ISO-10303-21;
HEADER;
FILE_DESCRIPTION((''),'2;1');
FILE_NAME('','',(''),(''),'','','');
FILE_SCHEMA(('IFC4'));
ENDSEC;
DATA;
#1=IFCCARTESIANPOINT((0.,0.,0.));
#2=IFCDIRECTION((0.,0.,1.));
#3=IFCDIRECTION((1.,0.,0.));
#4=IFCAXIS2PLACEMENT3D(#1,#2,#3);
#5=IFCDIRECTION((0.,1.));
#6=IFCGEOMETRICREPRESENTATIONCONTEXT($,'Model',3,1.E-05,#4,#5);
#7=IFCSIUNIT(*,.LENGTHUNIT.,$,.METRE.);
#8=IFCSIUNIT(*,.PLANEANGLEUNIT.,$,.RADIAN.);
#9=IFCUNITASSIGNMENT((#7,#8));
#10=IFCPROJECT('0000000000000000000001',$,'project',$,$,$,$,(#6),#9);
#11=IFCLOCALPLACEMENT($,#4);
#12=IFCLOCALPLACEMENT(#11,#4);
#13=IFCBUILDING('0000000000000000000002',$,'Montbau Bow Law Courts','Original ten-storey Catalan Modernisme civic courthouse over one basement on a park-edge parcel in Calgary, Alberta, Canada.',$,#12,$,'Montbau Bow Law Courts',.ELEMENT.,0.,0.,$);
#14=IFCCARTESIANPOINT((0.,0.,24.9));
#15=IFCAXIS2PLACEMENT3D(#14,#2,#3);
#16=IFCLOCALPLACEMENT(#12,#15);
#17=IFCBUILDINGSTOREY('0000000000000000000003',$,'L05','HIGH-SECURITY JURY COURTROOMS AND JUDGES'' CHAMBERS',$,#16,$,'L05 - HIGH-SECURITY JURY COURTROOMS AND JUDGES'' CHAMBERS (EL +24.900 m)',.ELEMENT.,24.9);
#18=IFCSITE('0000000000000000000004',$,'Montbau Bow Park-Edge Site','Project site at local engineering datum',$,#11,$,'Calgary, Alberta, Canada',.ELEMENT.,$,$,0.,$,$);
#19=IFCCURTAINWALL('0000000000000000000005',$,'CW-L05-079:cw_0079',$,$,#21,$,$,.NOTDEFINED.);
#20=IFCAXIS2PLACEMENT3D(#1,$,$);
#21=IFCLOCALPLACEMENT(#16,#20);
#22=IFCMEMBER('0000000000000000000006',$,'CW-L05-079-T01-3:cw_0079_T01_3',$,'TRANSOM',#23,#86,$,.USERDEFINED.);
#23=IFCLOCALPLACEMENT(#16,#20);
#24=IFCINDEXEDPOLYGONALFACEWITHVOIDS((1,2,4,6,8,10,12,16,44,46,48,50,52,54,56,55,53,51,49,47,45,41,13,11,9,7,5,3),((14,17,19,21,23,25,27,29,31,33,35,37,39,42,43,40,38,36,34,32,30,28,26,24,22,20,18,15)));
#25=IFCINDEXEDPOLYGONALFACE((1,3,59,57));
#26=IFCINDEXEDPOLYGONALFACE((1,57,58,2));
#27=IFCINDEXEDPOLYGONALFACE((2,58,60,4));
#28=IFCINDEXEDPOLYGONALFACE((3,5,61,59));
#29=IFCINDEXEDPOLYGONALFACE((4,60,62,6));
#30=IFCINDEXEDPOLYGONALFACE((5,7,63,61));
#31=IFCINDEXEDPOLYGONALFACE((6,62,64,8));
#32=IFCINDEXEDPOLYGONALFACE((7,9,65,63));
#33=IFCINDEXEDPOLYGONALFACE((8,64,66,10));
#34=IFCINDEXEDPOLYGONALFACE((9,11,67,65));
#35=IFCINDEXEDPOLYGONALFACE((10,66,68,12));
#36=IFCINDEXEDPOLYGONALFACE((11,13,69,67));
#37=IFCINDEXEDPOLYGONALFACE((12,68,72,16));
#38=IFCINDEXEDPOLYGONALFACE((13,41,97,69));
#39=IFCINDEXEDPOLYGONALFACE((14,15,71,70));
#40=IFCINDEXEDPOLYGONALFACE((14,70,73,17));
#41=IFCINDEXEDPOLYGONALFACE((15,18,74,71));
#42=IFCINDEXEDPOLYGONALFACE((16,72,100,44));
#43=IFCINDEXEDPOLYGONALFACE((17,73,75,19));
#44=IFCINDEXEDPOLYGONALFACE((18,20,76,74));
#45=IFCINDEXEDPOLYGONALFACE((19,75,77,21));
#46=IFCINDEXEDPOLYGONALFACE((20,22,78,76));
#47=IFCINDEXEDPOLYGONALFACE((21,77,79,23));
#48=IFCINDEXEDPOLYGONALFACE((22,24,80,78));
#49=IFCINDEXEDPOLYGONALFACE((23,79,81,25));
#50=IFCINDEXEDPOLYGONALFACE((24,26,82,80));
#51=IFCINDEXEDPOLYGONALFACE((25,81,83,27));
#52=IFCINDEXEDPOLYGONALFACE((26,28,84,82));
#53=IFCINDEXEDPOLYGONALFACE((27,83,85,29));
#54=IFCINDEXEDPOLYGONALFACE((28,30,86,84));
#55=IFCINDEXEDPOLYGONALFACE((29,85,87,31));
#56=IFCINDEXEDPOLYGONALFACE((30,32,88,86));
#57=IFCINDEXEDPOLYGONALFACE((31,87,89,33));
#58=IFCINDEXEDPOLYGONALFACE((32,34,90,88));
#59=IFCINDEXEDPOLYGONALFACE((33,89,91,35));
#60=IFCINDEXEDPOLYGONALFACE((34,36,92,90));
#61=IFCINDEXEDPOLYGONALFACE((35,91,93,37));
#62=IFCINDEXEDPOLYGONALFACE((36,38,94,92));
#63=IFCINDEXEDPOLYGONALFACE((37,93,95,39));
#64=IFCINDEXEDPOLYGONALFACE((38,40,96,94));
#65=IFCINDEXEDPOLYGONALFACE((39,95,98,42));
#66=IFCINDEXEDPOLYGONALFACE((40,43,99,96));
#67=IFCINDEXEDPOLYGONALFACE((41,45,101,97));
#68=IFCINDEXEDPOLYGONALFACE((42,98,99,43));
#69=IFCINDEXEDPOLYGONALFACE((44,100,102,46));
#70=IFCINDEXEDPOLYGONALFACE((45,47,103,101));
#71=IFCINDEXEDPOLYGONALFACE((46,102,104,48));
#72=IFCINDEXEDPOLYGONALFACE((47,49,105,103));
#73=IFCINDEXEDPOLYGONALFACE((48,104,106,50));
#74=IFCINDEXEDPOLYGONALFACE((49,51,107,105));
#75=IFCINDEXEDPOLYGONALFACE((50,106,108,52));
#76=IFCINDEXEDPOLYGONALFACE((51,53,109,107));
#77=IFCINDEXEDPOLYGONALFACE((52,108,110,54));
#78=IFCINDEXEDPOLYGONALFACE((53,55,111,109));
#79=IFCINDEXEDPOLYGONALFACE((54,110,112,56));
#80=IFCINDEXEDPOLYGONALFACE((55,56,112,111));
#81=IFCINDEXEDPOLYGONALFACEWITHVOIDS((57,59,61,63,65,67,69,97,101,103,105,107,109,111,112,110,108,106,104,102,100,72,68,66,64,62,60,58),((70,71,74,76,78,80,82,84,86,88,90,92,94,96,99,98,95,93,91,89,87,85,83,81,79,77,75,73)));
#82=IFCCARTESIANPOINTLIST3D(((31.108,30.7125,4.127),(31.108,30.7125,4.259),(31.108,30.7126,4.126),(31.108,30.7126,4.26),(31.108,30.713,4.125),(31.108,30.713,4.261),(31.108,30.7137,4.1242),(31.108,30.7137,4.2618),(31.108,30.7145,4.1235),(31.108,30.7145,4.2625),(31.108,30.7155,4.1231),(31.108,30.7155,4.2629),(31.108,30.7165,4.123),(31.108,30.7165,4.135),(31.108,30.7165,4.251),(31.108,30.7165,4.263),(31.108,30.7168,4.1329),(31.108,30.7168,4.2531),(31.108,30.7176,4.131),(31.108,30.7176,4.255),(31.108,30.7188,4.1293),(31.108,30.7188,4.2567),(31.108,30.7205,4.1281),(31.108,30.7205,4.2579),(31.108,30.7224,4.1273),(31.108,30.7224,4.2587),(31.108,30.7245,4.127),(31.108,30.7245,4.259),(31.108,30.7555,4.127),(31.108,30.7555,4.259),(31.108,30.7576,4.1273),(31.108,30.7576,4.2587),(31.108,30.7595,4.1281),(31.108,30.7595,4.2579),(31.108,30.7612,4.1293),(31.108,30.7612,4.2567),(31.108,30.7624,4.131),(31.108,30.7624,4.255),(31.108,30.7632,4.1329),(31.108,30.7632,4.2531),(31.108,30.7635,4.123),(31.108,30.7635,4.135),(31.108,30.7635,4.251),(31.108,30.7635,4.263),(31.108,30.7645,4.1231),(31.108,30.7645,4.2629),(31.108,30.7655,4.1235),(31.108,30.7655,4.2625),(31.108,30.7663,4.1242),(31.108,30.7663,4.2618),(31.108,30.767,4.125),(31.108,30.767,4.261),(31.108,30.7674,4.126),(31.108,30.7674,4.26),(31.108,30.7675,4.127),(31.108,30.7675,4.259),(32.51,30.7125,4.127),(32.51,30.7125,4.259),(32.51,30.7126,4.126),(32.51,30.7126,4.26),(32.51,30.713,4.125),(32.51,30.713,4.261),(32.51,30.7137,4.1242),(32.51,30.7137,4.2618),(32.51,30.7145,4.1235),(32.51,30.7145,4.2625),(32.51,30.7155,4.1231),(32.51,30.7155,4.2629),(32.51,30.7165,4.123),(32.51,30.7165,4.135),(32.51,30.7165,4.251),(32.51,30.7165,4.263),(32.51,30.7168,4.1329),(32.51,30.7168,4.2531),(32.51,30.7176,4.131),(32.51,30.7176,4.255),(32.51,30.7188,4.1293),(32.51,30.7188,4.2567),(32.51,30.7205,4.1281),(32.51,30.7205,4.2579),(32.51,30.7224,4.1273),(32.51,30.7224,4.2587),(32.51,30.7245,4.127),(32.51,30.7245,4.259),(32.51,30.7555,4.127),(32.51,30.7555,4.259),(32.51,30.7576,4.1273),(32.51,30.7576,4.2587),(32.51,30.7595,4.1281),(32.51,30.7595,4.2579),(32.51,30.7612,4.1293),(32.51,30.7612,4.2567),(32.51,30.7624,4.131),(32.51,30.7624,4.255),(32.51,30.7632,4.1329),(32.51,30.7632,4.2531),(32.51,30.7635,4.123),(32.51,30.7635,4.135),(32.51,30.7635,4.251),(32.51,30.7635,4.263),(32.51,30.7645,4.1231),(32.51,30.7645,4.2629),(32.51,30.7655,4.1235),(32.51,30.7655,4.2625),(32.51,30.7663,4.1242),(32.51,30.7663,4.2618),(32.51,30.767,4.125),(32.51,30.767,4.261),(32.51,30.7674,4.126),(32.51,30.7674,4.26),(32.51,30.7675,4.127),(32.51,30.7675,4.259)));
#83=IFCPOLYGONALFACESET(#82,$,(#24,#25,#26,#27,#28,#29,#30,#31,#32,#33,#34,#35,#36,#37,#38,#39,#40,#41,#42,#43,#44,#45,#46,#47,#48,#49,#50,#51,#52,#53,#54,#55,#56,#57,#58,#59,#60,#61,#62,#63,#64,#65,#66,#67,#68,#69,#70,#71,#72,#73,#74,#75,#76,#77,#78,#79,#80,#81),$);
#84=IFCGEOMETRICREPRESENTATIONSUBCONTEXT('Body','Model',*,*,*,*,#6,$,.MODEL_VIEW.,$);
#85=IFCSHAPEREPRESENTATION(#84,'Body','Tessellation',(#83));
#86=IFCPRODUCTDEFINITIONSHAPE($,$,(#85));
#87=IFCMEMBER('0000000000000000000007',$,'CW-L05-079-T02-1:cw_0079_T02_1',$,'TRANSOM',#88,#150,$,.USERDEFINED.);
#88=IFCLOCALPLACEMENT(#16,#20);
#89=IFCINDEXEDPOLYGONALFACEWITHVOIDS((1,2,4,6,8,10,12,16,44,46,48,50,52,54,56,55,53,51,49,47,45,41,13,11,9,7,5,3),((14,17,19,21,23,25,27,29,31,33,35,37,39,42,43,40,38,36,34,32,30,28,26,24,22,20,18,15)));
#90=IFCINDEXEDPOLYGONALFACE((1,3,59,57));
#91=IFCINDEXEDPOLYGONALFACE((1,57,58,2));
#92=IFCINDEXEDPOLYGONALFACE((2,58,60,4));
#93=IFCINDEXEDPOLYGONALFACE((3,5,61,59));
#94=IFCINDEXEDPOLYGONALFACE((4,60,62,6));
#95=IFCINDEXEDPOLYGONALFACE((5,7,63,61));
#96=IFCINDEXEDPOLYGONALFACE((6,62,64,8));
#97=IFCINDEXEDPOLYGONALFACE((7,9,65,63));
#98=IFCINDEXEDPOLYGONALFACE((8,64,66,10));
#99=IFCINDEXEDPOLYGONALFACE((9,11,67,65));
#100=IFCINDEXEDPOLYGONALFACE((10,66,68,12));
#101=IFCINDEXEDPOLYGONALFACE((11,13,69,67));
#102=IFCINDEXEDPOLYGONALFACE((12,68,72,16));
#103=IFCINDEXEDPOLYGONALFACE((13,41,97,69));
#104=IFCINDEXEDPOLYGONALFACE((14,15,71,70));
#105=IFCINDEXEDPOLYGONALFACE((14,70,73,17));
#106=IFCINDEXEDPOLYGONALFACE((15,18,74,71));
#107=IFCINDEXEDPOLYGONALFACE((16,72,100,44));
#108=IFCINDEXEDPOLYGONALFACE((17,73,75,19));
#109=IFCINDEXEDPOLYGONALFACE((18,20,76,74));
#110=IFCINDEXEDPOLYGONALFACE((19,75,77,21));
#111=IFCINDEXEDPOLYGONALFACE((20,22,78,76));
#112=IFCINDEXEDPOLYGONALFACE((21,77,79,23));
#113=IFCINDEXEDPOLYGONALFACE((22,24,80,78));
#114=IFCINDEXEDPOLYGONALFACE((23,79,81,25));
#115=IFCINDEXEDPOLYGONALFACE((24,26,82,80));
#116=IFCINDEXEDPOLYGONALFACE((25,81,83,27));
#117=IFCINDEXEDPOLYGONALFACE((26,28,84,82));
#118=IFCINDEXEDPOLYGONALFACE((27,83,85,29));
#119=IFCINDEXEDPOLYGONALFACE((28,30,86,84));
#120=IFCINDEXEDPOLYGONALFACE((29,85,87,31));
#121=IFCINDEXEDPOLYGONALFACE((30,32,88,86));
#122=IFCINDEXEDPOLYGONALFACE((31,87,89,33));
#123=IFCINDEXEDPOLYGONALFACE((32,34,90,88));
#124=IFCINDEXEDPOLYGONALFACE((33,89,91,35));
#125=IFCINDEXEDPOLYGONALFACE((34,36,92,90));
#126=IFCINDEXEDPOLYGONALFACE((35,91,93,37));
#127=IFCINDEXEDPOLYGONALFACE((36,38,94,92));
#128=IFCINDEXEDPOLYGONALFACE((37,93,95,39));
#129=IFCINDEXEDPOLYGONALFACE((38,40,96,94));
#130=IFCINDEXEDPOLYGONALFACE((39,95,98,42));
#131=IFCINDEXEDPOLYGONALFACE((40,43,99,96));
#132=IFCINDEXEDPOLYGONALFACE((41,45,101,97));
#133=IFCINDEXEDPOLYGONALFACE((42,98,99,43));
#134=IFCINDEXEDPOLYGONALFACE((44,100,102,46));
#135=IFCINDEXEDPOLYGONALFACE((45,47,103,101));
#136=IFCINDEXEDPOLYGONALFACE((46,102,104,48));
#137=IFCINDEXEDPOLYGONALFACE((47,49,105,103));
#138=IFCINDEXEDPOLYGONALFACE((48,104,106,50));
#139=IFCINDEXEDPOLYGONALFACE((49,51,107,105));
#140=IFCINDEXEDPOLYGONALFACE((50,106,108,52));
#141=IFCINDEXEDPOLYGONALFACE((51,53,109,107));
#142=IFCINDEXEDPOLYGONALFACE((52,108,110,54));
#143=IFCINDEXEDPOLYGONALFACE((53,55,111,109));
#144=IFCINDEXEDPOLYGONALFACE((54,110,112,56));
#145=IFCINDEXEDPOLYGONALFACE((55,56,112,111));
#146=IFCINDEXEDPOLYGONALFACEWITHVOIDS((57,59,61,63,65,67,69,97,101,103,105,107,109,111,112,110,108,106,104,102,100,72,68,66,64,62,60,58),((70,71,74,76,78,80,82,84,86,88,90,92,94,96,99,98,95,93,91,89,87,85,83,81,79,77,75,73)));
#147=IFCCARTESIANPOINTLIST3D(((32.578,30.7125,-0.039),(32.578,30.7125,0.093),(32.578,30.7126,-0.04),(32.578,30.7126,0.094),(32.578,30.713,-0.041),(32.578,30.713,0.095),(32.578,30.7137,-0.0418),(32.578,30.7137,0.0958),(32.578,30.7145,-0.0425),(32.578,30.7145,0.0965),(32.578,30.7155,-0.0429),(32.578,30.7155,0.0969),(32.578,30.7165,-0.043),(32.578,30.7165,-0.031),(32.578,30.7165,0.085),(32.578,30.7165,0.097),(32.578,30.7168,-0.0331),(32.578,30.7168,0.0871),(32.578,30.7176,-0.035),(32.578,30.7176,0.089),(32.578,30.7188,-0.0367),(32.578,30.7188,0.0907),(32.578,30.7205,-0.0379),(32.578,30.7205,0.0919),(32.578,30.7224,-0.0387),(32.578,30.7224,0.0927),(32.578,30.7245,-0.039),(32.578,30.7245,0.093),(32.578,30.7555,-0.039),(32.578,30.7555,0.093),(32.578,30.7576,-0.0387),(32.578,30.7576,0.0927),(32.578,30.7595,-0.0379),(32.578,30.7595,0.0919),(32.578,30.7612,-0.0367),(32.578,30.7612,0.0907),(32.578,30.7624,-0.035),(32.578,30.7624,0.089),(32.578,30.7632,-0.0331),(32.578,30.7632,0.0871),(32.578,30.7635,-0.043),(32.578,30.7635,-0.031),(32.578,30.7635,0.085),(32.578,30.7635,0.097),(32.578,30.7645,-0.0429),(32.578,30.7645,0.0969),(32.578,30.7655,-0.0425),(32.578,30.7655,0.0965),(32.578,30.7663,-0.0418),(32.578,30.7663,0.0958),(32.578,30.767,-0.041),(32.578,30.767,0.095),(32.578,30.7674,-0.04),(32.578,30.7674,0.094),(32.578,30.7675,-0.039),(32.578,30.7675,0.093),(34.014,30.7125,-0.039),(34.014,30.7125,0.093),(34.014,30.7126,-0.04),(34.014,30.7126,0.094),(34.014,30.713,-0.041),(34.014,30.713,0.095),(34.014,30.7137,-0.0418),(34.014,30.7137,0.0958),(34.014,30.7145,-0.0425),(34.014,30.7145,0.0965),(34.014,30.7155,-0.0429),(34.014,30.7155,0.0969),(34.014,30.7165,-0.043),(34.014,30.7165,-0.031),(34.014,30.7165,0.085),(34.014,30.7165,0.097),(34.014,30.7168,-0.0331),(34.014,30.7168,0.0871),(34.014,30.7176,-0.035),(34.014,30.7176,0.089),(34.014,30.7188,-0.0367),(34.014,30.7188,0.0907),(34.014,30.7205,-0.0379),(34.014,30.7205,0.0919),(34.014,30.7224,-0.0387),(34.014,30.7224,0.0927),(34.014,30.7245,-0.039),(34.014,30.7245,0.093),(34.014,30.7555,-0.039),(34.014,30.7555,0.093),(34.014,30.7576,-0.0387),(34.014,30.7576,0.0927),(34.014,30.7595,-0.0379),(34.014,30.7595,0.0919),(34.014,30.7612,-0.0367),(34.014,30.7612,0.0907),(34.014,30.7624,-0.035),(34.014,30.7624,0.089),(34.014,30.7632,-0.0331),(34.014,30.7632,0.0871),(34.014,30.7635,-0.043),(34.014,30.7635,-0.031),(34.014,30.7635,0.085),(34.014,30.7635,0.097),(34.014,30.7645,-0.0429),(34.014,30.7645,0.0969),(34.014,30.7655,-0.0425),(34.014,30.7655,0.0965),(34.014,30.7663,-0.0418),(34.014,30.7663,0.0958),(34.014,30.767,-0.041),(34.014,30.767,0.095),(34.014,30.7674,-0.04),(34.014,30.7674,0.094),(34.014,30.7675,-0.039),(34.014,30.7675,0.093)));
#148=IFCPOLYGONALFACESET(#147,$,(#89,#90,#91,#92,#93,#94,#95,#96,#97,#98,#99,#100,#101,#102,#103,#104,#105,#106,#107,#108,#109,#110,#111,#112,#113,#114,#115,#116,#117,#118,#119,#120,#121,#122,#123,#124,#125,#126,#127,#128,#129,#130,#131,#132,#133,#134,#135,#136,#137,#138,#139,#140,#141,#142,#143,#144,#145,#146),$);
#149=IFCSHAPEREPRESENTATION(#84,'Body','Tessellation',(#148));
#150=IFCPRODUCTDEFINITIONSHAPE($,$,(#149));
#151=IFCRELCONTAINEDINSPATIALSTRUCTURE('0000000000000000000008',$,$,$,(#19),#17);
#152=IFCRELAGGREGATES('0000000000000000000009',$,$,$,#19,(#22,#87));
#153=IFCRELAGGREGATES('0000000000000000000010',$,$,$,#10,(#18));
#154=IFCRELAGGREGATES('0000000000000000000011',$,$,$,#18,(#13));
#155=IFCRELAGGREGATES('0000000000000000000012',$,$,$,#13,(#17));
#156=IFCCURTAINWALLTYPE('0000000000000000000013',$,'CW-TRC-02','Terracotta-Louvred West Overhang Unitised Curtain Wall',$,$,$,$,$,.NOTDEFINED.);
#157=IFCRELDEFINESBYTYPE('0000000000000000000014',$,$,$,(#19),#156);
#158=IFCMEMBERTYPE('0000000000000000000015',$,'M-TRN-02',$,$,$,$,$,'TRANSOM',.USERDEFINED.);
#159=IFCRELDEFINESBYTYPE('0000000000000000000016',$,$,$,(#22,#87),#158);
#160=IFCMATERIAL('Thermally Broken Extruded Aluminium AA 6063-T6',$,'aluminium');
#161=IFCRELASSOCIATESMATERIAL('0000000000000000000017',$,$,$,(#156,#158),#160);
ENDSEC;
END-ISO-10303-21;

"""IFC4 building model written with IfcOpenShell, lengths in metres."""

from ifc_helpers import new_model, si_unit, direction, frame, origin_with_axes, origin_2d_with_axis, place, context, subcontext, project, spatial, hollow_rectangle, extrude, material, material_profile, profile_set, type_object, element, aggregate, save


model = new_model("IFC4")

# Units and contexts
model_context = context("Model", 3, precision=1e-05, world=origin_with_axes(), true_north=direction((0.0, 1.0)))
body_context = subcontext(model_context, "Body", "Model", "MODEL_VIEW")
ifc_project = project(units=[si_unit("LENGTHUNIT", "METRE"), si_unit("PLANEANGLEUNIT", "RADIAN")], contexts=[model_context])

# Site, building, storey
site_placement = place(None, origin_with_axes())
site = spatial("IfcSite", under=ifc_project, at=site_placement, Name="Montbau Bow Park-Edge Site", Description="Project site at local engineering datum", LongName="Calgary, Alberta, Canada", CompositionType="ELEMENT", RefElevation=0.0)
building_placement = place(site_placement, origin_with_axes())
building = spatial("IfcBuilding", under=site, at=building_placement, Name="Montbau Bow Law Courts", Description="Original ten-storey Catalan Modernisme civic courthouse over one basement on a park-edge parcel in Calgary, Alberta, Canada.", LongName="Montbau Bow Law Courts", CompositionType="ELEMENT", ElevationOfRefHeight=0.0, ElevationOfTerrain=0.0)
storey_placement = place(building_placement, frame((0.0, 0.0, 24.9), z_axis=(0.0, 0.0, 1.0), x_axis=(1.0, 0.0, 0.0)))
storey = spatial("IfcBuildingStorey", under=building, at=storey_placement, Name="L05", Description="HIGH-SECURITY JURY COURTROOMS AND JUDGES' CHAMBERS", LongName="L05 - HIGH-SECURITY JURY COURTROOMS AND JUDGES' CHAMBERS (EL +24.900 m)", CompositionType="ELEMENT", Elevation=24.9)

# Shared definitions
ifc_material_1 = material(Name="Thermally Broken Extruded Aluminium AA 6063-T6", Category="aluminium")
curtain_wall_type = type_object("IfcCurtainWallType", Name="CW-TRC-02", Description="Terracotta-Louvred West Overhang Unitised Curtain Wall", PredefinedType="NOTDEFINED", material=ifc_material_1)

# Curtain wall
curtain_wall_1_placement = place(None, frame((31.04, 30.74, 24.9), z_axis=(0.0, 0.0, 1.0), x_axis=(1.0, 0.0, 0.0)))
curtain_wall_1 = element("IfcCurtainWall", 1, at=curtain_wall_1_placement, inside=storey, type_object=curtain_wall_type, Name="CW-L05-079:cw_0079", PredefinedType="NOTDEFINED")

# Members
ifc_material_profile_1 = material_profile(ifc_material_1, hollow_rectangle(XDim=0.055, YDim=0.14, WallThickness=0.004, InnerFilletRadius=0.008, OuterFilletRadius=0.004, at=origin_2d_with_axis()), Name="CWT-140X55", Category="Main", Priority=0)
ifc_profile_set_1 = profile_set([ifc_material_profile_1], Name="Thermally Broken Extruded Aluminium AA 6063-T6")
member_type_1 = type_object("IfcMemberType", Name="M-TRN-02", ElementType="TRANSOM", PredefinedType="USERDEFINED", material=ifc_profile_set_1)
member_1_placement = place(None, frame((31.108, 30.74, 29.093), z_axis=(1.0, 0.0, 0.0), x_axis=(0.0, 1.0, 0.0)))
member_1 = element("IfcMember", 2, at=member_1_placement, type_object=member_type_1, Name="CW-L05-079-T01-3:cw_0079_T01_3", ObjectType="TRANSOM", PredefinedType="USERDEFINED", context=body_context, shape_type="SweptSolid", body=[
    extrude(hollow_rectangle(XDim=0.055, YDim=0.14, WallThickness=0.004, InnerFilletRadius=0.008, OuterFilletRadius=0.004, at=origin_2d_with_axis()), origin_with_axes(), (0.0, 0.0, 1.0), 1.402),
])
member_2_placement = place(None, frame((32.578, 30.74, 24.927), z_axis=(1.0, 0.0, 0.0), x_axis=(0.0, 1.0, 0.0)))
member_2 = element("IfcMember", 3, at=member_2_placement, type_object=member_type_1, Name="CW-L05-079-T02-1:cw_0079_T02_1", ObjectType="TRANSOM", PredefinedType="USERDEFINED", context=body_context, shape_type="SweptSolid", body=[
    extrude(hollow_rectangle(XDim=0.055, YDim=0.14, WallThickness=0.004, InnerFilletRadius=0.008, OuterFilletRadius=0.004, at=origin_2d_with_axis()), origin_with_axes(), (0.0, 0.0, 1.0), 1.436),
])

aggregate(curtain_wall_1, [member_1, member_2])

save(model, "model.ifc")
